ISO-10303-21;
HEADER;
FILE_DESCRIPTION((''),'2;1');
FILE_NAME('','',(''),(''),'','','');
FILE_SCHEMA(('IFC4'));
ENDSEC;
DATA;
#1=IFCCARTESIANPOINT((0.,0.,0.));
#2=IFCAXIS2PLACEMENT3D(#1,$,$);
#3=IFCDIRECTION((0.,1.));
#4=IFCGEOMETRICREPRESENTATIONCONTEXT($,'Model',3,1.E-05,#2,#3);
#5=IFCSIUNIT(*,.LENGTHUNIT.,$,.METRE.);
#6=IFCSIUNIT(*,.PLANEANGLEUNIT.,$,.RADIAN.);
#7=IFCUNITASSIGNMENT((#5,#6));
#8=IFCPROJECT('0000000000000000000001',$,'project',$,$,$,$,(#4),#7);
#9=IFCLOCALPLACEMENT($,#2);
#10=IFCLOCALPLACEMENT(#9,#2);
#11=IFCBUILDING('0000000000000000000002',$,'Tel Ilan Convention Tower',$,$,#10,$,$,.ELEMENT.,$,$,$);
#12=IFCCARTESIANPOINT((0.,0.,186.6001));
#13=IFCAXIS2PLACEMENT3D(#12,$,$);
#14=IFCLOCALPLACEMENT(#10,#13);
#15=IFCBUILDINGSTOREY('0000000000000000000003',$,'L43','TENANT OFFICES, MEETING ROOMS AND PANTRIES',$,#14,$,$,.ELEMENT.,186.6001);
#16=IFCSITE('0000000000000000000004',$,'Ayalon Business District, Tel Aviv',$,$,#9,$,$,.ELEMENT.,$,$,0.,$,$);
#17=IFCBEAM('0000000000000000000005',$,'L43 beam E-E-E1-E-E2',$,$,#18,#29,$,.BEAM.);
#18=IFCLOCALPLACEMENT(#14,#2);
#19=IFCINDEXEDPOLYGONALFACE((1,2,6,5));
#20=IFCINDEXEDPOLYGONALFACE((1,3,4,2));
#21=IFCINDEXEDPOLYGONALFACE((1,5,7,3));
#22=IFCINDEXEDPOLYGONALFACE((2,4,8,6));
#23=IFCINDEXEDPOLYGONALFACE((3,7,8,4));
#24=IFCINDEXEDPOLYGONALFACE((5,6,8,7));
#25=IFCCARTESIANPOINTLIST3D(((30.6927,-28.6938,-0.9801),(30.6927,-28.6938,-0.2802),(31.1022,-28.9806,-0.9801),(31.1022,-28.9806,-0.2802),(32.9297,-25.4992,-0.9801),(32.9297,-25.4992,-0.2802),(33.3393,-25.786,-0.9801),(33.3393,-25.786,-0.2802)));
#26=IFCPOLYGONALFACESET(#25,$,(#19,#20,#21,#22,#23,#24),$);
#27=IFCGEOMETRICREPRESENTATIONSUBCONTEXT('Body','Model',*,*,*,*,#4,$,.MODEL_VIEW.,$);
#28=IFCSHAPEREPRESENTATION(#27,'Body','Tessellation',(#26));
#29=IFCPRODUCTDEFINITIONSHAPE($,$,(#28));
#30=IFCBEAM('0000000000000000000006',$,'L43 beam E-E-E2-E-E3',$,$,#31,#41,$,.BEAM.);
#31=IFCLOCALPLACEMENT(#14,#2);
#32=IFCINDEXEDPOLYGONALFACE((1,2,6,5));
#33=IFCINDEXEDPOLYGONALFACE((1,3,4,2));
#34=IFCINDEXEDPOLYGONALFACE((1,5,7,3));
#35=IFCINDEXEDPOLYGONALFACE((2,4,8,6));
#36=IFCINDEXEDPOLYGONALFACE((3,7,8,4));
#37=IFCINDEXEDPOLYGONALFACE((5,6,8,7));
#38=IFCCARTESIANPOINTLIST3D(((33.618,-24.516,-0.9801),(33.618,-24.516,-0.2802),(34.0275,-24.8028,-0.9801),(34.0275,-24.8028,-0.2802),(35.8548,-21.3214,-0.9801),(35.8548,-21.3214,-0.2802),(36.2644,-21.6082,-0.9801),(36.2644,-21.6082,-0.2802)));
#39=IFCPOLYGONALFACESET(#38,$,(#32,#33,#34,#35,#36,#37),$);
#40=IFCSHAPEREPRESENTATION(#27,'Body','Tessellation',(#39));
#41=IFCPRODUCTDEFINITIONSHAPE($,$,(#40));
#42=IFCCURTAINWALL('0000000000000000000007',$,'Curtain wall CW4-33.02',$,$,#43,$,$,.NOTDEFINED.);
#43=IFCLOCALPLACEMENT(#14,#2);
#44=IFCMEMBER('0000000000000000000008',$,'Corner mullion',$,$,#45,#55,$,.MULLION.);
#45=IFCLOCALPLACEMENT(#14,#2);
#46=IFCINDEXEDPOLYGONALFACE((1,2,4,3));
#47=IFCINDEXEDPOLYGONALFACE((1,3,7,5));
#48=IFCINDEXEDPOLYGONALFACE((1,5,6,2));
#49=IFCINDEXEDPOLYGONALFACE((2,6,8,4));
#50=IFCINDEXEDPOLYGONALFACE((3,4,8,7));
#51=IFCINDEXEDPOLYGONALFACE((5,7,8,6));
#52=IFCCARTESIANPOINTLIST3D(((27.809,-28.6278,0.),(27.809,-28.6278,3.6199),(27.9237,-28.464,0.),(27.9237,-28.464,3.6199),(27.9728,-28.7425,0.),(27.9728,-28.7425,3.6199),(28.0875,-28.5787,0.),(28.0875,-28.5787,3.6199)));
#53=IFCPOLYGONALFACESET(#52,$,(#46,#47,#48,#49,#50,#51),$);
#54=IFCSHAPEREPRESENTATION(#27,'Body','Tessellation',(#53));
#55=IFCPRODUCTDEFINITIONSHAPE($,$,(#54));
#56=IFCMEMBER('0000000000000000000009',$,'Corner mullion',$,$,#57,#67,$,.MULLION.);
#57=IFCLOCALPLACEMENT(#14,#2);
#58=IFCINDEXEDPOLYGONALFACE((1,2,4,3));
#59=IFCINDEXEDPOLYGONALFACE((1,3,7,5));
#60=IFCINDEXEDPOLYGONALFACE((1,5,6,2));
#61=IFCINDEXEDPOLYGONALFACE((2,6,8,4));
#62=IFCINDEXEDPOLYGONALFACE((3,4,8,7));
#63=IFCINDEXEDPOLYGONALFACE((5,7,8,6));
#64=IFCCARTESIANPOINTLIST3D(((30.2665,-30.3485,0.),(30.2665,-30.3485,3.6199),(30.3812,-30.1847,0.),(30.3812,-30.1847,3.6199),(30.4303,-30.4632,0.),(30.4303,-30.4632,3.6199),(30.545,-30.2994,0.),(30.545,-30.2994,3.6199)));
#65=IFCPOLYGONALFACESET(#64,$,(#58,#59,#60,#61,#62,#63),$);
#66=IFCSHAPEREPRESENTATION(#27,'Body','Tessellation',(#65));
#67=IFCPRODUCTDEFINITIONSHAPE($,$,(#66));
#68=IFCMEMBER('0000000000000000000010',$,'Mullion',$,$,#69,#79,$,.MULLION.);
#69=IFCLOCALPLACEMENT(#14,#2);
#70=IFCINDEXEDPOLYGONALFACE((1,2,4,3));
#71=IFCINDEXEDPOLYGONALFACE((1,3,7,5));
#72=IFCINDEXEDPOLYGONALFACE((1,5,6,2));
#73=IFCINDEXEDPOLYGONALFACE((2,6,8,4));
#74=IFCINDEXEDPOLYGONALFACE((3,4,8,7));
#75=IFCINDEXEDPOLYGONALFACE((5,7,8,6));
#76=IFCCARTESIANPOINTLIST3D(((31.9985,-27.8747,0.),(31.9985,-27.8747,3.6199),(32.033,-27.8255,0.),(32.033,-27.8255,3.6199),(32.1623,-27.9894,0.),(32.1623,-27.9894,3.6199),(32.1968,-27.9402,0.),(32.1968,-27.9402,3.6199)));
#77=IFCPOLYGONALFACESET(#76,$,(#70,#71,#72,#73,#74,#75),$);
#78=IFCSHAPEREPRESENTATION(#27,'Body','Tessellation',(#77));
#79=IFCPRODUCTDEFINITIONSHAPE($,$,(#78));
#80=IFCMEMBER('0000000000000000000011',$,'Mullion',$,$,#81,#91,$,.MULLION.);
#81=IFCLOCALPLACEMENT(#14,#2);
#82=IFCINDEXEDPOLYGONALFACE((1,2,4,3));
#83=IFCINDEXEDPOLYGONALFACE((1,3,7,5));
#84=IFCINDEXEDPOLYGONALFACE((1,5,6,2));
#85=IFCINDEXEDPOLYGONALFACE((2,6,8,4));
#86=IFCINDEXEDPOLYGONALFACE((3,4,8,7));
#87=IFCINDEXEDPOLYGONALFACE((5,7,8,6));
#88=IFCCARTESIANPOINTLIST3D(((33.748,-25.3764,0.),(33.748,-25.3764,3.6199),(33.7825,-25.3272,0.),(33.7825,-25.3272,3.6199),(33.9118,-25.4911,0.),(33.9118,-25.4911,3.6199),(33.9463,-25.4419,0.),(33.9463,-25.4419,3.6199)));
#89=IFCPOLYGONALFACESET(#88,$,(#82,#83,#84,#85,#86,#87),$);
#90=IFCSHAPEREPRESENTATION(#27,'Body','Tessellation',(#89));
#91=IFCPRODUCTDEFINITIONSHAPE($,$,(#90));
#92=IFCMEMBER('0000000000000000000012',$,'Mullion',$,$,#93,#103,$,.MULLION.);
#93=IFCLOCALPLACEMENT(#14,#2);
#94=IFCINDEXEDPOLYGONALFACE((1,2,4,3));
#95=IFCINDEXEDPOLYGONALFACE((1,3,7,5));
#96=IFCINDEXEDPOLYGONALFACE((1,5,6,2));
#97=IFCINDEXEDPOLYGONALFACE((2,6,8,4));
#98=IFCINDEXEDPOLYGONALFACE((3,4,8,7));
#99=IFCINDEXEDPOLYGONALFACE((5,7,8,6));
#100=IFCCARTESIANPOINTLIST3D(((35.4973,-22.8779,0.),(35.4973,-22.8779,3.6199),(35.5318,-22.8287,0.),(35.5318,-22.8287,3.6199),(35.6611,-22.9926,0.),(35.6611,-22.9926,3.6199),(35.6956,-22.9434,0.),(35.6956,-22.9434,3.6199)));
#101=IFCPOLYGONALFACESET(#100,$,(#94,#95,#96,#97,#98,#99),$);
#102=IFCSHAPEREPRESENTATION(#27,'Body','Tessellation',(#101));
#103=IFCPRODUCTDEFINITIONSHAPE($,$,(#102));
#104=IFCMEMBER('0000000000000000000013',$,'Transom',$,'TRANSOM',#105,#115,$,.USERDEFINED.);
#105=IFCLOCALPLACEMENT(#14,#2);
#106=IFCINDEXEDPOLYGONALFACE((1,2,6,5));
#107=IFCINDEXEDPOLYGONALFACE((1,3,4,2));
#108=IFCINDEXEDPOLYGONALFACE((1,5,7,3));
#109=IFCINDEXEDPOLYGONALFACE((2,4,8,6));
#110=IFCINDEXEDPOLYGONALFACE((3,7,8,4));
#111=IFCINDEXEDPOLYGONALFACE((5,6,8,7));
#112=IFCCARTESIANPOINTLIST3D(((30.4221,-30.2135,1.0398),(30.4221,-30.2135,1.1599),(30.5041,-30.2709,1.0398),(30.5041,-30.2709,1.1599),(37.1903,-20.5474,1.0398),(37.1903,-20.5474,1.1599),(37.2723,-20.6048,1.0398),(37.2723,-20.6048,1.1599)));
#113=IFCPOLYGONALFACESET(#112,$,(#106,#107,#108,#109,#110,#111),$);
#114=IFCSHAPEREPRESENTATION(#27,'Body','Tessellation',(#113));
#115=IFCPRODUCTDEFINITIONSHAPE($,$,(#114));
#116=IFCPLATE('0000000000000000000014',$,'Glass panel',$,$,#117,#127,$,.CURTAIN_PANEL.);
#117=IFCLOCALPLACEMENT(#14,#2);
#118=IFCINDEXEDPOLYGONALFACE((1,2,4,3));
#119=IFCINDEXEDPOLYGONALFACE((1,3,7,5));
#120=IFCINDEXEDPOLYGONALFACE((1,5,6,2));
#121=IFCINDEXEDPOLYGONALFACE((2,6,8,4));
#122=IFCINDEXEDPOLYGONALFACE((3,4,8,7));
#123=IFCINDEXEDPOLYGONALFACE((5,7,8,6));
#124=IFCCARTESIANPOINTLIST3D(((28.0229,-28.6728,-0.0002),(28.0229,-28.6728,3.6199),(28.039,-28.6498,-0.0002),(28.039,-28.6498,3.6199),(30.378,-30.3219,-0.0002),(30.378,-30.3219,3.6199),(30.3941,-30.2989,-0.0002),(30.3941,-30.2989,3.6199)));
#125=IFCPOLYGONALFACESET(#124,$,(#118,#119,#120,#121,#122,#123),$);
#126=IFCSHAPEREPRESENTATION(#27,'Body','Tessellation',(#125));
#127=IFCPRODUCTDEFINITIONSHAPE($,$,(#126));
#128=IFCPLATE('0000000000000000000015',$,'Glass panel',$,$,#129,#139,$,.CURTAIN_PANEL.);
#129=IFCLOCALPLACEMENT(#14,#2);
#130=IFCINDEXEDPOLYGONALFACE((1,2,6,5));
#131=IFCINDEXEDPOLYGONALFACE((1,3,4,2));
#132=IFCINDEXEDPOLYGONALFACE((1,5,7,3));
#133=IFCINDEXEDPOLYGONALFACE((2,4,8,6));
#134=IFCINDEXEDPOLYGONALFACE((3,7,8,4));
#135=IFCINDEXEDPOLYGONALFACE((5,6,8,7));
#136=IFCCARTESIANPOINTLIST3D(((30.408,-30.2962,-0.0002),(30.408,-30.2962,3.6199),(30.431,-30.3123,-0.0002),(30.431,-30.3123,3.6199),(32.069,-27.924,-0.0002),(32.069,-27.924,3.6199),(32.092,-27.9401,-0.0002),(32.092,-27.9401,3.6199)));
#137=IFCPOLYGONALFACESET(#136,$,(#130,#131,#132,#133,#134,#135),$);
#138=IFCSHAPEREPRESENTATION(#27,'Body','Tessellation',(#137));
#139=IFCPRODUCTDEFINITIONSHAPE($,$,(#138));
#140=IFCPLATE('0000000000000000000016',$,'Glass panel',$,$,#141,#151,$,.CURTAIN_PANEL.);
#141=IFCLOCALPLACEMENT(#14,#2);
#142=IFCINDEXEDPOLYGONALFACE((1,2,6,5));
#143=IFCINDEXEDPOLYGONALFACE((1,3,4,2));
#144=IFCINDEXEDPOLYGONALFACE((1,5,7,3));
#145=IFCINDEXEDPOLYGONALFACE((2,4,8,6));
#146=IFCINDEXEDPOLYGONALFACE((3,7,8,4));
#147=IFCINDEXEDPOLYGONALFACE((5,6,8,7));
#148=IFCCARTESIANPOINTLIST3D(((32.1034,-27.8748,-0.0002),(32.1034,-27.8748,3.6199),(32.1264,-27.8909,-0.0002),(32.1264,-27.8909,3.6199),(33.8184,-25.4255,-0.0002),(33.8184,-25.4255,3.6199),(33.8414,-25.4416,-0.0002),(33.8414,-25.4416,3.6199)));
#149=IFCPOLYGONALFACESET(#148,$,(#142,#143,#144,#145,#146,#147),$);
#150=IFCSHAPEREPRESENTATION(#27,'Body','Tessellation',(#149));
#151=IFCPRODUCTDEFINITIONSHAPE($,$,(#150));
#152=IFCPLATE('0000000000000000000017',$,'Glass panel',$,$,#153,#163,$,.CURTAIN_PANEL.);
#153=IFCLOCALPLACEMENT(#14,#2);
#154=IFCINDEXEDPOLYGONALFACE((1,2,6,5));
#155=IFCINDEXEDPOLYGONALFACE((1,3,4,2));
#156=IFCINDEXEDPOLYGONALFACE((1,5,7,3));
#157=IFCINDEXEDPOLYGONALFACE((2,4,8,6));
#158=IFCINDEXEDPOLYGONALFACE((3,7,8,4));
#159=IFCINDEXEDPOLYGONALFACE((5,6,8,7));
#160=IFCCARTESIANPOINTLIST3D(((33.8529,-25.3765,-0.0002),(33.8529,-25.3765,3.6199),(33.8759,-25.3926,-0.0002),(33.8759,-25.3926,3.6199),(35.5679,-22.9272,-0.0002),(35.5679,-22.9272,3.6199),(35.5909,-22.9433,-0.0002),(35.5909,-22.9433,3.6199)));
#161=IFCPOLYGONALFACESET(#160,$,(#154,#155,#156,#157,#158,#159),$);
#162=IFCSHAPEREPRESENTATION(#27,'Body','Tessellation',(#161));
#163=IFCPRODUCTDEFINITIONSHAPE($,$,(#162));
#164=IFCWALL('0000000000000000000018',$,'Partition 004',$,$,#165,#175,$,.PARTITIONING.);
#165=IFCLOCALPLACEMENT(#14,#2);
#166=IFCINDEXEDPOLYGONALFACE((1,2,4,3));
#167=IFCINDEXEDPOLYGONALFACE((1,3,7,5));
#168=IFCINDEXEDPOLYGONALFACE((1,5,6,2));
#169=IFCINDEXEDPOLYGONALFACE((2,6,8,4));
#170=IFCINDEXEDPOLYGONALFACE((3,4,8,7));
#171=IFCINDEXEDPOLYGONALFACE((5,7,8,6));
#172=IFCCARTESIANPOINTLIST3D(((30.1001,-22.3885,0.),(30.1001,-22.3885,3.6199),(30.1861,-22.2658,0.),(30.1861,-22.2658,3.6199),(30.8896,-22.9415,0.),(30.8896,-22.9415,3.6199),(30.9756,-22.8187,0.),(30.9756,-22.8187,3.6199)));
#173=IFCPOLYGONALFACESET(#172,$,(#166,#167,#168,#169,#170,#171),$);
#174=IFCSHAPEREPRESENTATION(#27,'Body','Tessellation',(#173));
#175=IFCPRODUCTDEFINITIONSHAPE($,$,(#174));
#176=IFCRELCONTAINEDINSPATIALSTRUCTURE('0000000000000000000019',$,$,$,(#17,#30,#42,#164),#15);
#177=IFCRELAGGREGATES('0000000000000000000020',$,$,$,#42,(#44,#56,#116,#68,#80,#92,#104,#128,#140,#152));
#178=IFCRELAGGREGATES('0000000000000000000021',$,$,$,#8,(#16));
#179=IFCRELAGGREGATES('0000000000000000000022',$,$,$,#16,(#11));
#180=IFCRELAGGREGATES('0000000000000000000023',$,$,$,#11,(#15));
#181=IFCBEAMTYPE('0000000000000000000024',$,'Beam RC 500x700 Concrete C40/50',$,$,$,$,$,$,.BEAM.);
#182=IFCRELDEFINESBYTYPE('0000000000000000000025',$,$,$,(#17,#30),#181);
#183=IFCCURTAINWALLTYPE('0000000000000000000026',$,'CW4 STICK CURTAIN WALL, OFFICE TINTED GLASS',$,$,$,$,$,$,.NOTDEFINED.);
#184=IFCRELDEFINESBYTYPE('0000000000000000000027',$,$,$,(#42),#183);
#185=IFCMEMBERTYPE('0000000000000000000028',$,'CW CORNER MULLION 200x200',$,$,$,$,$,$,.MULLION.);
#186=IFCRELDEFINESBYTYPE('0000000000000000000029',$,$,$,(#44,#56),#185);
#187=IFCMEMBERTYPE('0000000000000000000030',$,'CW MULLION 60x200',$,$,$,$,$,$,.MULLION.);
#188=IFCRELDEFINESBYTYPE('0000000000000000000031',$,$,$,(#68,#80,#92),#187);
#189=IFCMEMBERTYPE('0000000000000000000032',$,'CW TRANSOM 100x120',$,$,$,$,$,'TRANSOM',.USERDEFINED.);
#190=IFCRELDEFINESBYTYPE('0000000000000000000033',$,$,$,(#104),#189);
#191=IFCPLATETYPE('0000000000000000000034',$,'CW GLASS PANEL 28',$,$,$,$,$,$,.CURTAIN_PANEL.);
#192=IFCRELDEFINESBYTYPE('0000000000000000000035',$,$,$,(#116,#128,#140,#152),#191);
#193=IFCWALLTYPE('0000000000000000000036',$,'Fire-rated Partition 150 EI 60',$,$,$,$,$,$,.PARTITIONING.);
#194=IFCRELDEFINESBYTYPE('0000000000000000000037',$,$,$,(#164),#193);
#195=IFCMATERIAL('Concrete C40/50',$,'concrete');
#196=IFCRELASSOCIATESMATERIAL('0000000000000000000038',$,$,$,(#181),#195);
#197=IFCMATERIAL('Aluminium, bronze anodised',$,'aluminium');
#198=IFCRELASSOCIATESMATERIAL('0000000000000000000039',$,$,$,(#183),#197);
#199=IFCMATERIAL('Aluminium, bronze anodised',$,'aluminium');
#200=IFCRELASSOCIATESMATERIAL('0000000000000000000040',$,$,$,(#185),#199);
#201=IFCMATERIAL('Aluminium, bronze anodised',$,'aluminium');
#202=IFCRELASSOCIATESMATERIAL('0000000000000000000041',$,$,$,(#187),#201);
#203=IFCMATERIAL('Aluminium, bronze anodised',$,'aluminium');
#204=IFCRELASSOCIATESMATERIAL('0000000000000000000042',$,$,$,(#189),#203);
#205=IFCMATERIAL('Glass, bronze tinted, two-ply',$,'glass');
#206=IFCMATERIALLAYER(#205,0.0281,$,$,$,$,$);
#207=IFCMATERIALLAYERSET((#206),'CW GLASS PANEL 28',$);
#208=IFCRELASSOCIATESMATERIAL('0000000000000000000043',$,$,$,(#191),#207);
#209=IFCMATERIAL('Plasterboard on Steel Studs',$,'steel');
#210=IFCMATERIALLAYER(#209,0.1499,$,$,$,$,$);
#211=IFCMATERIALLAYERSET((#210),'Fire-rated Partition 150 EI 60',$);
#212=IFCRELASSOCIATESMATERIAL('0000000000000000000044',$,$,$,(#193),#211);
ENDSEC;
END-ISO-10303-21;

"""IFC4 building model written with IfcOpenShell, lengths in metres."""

from ifc_helpers import new_model, si_unit, direction, frame, frame_2d, origin, origin_2d, place, context, subcontext, project, spatial, rectangle, extrude, material, layer, layer_set, material_profile, profile_set, type_object, element, aggregate, save


model = new_model("IFC4")

# Units and contexts
model_context = context("Model", 3, precision=1e-05, world=origin(), true_north=direction((0.0, 1.0)))
body_context = subcontext(model_context, "Body", "Model", "MODEL_VIEW")
ifc_project = project(units=[si_unit("LENGTHUNIT", "METRE"), si_unit("PLANEANGLEUNIT", "RADIAN")], contexts=[model_context])

# Site, building, storey
site_placement = place(None, origin())
site = spatial("IfcSite", under=ifc_project, at=site_placement, Name="Ayalon Business District, Tel Aviv", CompositionType="ELEMENT", RefElevation=0.0)
building_placement = place(site_placement, origin())
building = spatial("IfcBuilding", under=site, at=building_placement, Name="Tel Ilan Convention Tower", CompositionType="ELEMENT")
storey_placement = place(building_placement, frame((0.0, 0.0, 186.6001)))
storey = spatial("IfcBuildingStorey", under=building, at=storey_placement, Name="L43", Description="TENANT OFFICES, MEETING ROOMS AND PANTRIES", CompositionType="ELEMENT", Elevation=186.6001)

# Beams
ifc_material_1 = material(Name="Concrete C40/50", Category="concrete")
ifc_material_profile_1 = material_profile(ifc_material_1, rectangle(XDim=0.5, YDim=0.7, at=origin_2d()), Name="RC 500x700")
ifc_profile_set_1 = profile_set([ifc_material_profile_1], Name="Concrete C40/50")
beam_type = type_object("IfcBeamType", Name="Beam RC 500x700 Concrete C40/50", PredefinedType="BEAM", material=ifc_profile_set_1)
for number, where, z_axis, x_axis, name in (
    (1, (30.8975, -28.8372, -0.6301), (0.573609, 0.819129, 0.0), (-0.819129, 0.573609, 0.0), "L43 beam E-E-E1-E-E2"),
    (2, (33.8228, -24.6594, -0.6301), (0.573567, 0.819158, 0.0), (-0.819158, 0.573567, 0.0), "L43 beam E-E-E2-E-E3"),
):
    element("IfcBeam", number, at=place(storey_placement, frame(where, z_axis=z_axis, x_axis=x_axis)), inside=storey, type_object=beam_type, Name=name, PredefinedType="BEAM", context=body_context, shape_type="SweptSolid", body=[
        extrude(rectangle(XDim=0.5, YDim=0.7, at=origin_2d()), origin(), (0.0, 0.0, 1.0), 3.8999),
    ])

# Curtain wall, members, plates
ifc_material_2 = material(Name="Aluminium, bronze anodised", Category="aluminium")
curtain_wall_type = type_object("IfcCurtainWallType", Name="CW4 STICK CURTAIN WALL, OFFICE TINTED GLASS", PredefinedType="NOTDEFINED", material=ifc_material_2)
curtain_wall_placement = place(storey_placement, origin())
curtain_wall = element("IfcCurtainWall", 3, at=curtain_wall_placement, inside=storey, type_object=curtain_wall_type, Name="Curtain wall CW4-33.02", PredefinedType="NOTDEFINED")
ifc_material_3 = material(Name="Aluminium, bronze anodised", Category="aluminium")
ifc_material_profile_2 = material_profile(ifc_material_3, rectangle(XDim=0.2, YDim=0.2, at=origin_2d()), Name="CW CORNER MULLION 200x200")
ifc_profile_set_2 = profile_set([ifc_material_profile_2], Name="Aluminium, bronze anodised")
member_type_1 = type_object("IfcMemberType", Name="CW CORNER MULLION 200x200", PredefinedType="MULLION", material=ifc_profile_set_2)
member_1_placement = place(storey_placement, frame((27.9482, -28.6033, 0.0), z_axis=(0.0, 0.0, 1.0), x_axis=(0.573576, 0.819152, 0.0)))
member_1 = element("IfcMember", 4, at=member_1_placement, type_object=member_type_1, Name="Corner mullion", PredefinedType="MULLION", context=body_context, shape_type="SweptSolid", body=[
    extrude(rectangle(XDim=0.2, YDim=0.2, at=origin_2d()), origin(), (0.0, 0.0, 1.0), 3.6199),
])
member_2_placement = place(storey_placement, frame((30.4058, -30.324, 0.0), z_axis=(0.0, 0.0, 1.0), x_axis=(0.819152, -0.573576, 0.0)))
member_2 = element("IfcMember", 5, at=member_2_placement, type_object=member_type_1, Name="Corner mullion", PredefinedType="MULLION", context=body_context, shape_type="SweptSolid", body=[
    extrude(rectangle(XDim=0.2, YDim=0.2, at=origin_2d()), origin(), (0.0, 0.0, 1.0), 3.6199),
])
ifc_material_4 = material(Name="Aluminium, bronze anodised", Category="aluminium")
ifc_material_profile_3 = material_profile(ifc_material_4, rectangle(XDim=0.0601, YDim=0.2, at=origin_2d()), Name="CW MULLION 60x200")
ifc_profile_set_3 = profile_set([ifc_material_profile_3], Name="Aluminium, bronze anodised")
member_type_2 = type_object("IfcMemberType", Name="CW MULLION 60x200", PredefinedType="MULLION", material=ifc_profile_set_3)
member_3_placement = place(storey_placement, frame((32.0977, -27.9075, 0.0), z_axis=(0.0, 0.0, 1.0), x_axis=(0.573576, 0.819152, 0.0)))
member_3 = element("IfcMember", 6, at=member_3_placement, type_object=member_type_2, Name="Mullion", PredefinedType="MULLION", context=body_context, shape_type="SweptSolid", body=[
    extrude(rectangle(XDim=0.0601, YDim=0.2, at=origin_2d()), origin(), (0.0, 0.0, 1.0), 3.6199),
])
member_4_placement = place(storey_placement, frame((33.8472, -25.4092, 0.0), z_axis=(0.0, 0.0, 1.0), x_axis=(0.573576, 0.819152, 0.0)))
member_4 = element("IfcMember", 7, at=member_4_placement, type_object=member_type_2, Name="Mullion", PredefinedType="MULLION", context=body_context, shape_type="SweptSolid", body=[
    extrude(rectangle(XDim=0.0601, YDim=0.2, at=origin_2d()), origin(), (0.0, 0.0, 1.0), 3.6199),
])
member_5_placement = place(storey_placement, frame((35.5964, -22.9106, 0.0), z_axis=(0.0, 0.0, 1.0), x_axis=(0.573576, 0.819152, 0.0)))
member_5 = element("IfcMember", 8, at=member_5_placement, type_object=member_type_2, Name="Mullion", PredefinedType="MULLION", context=body_context, shape_type="SweptSolid", body=[
    extrude(rectangle(XDim=0.0601, YDim=0.2, at=origin_2d()), origin(), (0.0, 0.0, 1.0), 3.6199),
])
ifc_material_5 = material(Name="Aluminium, bronze anodised", Category="aluminium")
ifc_material_profile_4 = material_profile(ifc_material_5, rectangle(XDim=0.1001, YDim=0.1201, at=origin_2d()), Name="CW TRANSOM 100x120")
ifc_profile_set_4 = profile_set([ifc_material_profile_4], Name="Aluminium, bronze anodised")
member_type_3 = type_object("IfcMemberType", Name="CW TRANSOM 100x120", ElementType="TRANSOM", PredefinedType="USERDEFINED", material=ifc_profile_set_4)
member_6_placement = place(storey_placement, frame((30.4631, -30.2422, 1.0999), z_axis=(0.573568, 0.819158, 0.0), x_axis=(-0.819158, 0.573568, 0.0)))
member_6 = element("IfcMember", 9, at=member_6_placement, type_object=member_type_3, Name="Transom", ObjectType="TRANSOM", PredefinedType="USERDEFINED", context=body_context, shape_type="SweptSolid", body=[
    extrude(rectangle(XDim=0.1001, YDim=0.1201, at=origin_2d()), origin(), (0.0, 0.0, 1.0), 11.8),
])
ifc_material_6 = material(Name="Glass, bronze tinted, two-ply", Category="glass")
ifc_layer_1 = layer(ifc_material_6, 0.0281)
ifc_layer_set_1 = layer_set([ifc_layer_1], Name="CW GLASS PANEL 28")
plate_type = type_object("IfcPlateType", Name="CW GLASS PANEL 28", PredefinedType="CURTAIN_PANEL", material=ifc_layer_set_1)
plate_1_placement = place(storey_placement, frame((29.2085, -29.4858, -0.0002), z_axis=(0.0, 0.0, 1.0), x_axis=(0.819152, -0.573576, 0.0)))
plate_1 = element("IfcPlate", 10, at=plate_1_placement, type_object=plate_type, Name="Glass panel", PredefinedType="CURTAIN_PANEL", context=body_context, shape_type="SweptSolid", body=[
    extrude(rectangle(XDim=2.875, YDim=0.0281, at=origin_2d()), origin(), (0.0, 0.0, 1.0), 3.6201),
])
plate_2_placement = place(storey_placement, frame((31.25, -29.1182, -0.0002), z_axis=(0.0, 0.0, 1.0), x_axis=(0.573576, 0.819152, 0.0)))
plate_2 = element("IfcPlate", 11, at=plate_2_placement, type_object=plate_type, Name="Glass panel", PredefinedType="CURTAIN_PANEL", context=body_context, shape_type="SweptSolid", body=[
    extrude(rectangle(XDim=2.896, YDim=0.0281, at=origin_2d()), origin(), (0.0, 0.0, 1.0), 3.6201),
])
plate_3_placement = place(storey_placement, frame((32.9724, -26.6582, -0.0002), z_axis=(0.0, 0.0, 1.0), x_axis=(0.573576, 0.819152, 0.0)))
plate_3 = element("IfcPlate", 12, at=plate_3_placement, type_object=plate_type, Name="Glass panel", PredefinedType="CURTAIN_PANEL", context=body_context, shape_type="SweptSolid", body=[
    extrude(rectangle(XDim=2.99, YDim=0.0281, at=origin_2d()), origin(), (0.0, 0.0, 1.0), 3.6201),
])
plate_4_placement = place(storey_placement, frame((34.7219, -24.1599, -0.0002), z_axis=(0.0, 0.0, 1.0), x_axis=(0.573576, 0.819152, 0.0)))
plate_4 = element("IfcPlate", 13, at=plate_4_placement, type_object=plate_type, Name="Glass panel", PredefinedType="CURTAIN_PANEL", context=body_context, shape_type="SweptSolid", body=[
    extrude(rectangle(XDim=2.99, YDim=0.0281, at=origin_2d()), origin(), (0.0, 0.0, 1.0), 3.6201),
])
aggregate(curtain_wall, [member_1, member_2, plate_1, member_3, member_4, member_5, member_6, plate_2, plate_3, plate_4])

# Wall
ifc_material_7 = material(Name="Plasterboard on Steel Studs", Category="steel")
ifc_layer_2 = layer(ifc_material_7, 0.1499)
ifc_layer_set_2 = layer_set([ifc_layer_2], Name="Fire-rated Partition 150 EI 60")
wall_type = type_object("IfcWallType", Name="Fire-rated Partition 150 EI 60", PredefinedType="PARTITIONING", material=ifc_layer_set_2)
wall_1_placement = place(storey_placement, frame((30.1431, -22.3271, 0.0), z_axis=(0.0, 0.0, 1.0), x_axis=(0.819089, -0.573666, 0.0)))
element("IfcWall", 14, at=wall_1_placement, inside=storey, type_object=wall_type, Name="Partition 004", PredefinedType="PARTITIONING", context=body_context, shape_type="SweptSolid", body=[
    extrude(rectangle(XDim=0.9639, YDim=0.1499, at=frame_2d((0.4819, 0.0))), origin(), (0.0, 0.0, 1.0), 3.6199),
])

save(model, "model.ifc")
